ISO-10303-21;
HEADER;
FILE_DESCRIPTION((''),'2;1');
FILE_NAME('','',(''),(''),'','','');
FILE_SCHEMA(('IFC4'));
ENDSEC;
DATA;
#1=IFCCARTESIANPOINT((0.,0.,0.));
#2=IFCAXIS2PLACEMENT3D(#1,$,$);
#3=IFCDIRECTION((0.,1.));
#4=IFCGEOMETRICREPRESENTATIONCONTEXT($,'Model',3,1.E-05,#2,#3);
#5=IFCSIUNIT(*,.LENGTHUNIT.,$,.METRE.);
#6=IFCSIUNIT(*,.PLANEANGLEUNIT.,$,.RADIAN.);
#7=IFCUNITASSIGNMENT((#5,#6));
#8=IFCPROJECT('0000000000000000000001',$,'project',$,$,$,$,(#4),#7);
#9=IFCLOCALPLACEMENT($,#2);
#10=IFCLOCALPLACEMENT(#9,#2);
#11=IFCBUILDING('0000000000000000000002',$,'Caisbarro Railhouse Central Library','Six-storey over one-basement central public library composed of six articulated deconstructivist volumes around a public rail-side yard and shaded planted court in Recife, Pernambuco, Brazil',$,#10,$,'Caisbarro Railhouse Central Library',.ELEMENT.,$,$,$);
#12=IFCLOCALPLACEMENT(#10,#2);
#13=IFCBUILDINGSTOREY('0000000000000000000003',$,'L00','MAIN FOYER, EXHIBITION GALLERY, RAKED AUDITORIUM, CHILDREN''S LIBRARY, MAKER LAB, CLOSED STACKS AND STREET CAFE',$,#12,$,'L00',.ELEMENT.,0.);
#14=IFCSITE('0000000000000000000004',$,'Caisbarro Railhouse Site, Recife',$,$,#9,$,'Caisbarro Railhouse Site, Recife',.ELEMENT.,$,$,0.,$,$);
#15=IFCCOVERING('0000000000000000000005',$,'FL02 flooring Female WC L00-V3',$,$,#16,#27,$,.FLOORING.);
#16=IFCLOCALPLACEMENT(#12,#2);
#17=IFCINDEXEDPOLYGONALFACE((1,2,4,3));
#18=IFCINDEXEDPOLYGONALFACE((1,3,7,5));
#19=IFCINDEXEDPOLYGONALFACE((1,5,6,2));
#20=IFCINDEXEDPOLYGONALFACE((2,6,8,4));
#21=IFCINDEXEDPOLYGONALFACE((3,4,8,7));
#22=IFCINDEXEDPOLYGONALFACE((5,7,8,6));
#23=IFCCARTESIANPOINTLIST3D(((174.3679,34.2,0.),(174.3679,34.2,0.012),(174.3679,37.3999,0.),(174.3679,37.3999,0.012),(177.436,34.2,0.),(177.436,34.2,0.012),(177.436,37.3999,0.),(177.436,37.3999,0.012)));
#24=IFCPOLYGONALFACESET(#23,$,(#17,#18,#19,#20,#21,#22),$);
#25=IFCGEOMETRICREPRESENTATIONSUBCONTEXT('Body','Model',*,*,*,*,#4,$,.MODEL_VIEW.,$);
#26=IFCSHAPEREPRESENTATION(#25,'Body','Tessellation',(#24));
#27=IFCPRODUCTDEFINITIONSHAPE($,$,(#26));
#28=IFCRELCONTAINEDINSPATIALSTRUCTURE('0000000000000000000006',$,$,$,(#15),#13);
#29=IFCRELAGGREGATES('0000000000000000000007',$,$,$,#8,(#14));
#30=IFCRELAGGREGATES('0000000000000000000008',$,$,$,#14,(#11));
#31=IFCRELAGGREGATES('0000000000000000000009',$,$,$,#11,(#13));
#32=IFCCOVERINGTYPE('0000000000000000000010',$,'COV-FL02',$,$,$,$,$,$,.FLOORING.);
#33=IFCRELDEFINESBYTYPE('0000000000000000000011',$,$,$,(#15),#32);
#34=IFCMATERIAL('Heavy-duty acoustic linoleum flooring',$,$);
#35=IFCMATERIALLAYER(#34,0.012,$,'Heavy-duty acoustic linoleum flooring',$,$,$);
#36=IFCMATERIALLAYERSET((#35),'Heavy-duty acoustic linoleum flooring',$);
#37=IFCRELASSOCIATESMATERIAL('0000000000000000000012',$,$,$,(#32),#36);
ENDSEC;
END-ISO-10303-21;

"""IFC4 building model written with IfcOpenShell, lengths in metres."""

from ifc_helpers import new_model, si_unit, direction, origin, place, context, subcontext, project, spatial, polyline, outline, extrude, material, layer, layer_set, type_object, element, save


model = new_model("IFC4")

# Units and contexts
model_context = context("Model", 3, precision=1e-05, world=origin(), true_north=direction((0.0, 1.0)))
body_context = subcontext(model_context, "Body", "Model", "MODEL_VIEW")
ifc_project = project(units=[si_unit("LENGTHUNIT", "METRE"), si_unit("PLANEANGLEUNIT", "RADIAN")], contexts=[model_context])

# Site, building, storey
site_placement = place(None, origin())
site = spatial("IfcSite", under=ifc_project, at=site_placement, Name="Caisbarro Railhouse Site, Recife", LongName="Caisbarro Railhouse Site, Recife", CompositionType="ELEMENT", RefElevation=0.0)
building_placement = place(site_placement, origin())
building = spatial("IfcBuilding", under=site, at=building_placement, Name="Caisbarro Railhouse Central Library", Description="Six-storey over one-basement central public library composed of six articulated deconstructivist volumes around a public rail-side yard and shaded planted court in Recife, Pernambuco, Brazil", LongName="Caisbarro Railhouse Central Library", CompositionType="ELEMENT")
storey_placement = place(building_placement, origin())
storey = spatial("IfcBuildingStorey", under=building, at=storey_placement, Name="L00", Description="MAIN FOYER, EXHIBITION GALLERY, RAKED AUDITORIUM, CHILDREN'S LIBRARY, MAKER LAB, CLOSED STACKS AND STREET CAFE", LongName="L00", CompositionType="ELEMENT", Elevation=0.0)

# Covering
ifc_material_1 = material(Name="Heavy-duty acoustic linoleum flooring")
ifc_layer_1 = layer(ifc_material_1, 0.012, Name="Heavy-duty acoustic linoleum flooring")
ifc_layer_set_1 = layer_set([ifc_layer_1], Name="Heavy-duty acoustic linoleum flooring")
covering_type_1 = type_object("IfcCoveringType", Name="COV-FL02", PredefinedType="FLOORING", material=ifc_layer_set_1)
covering_1_placement = place(storey_placement, origin())
element("IfcCovering", 1, at=covering_1_placement, inside=storey, type_object=covering_type_1, Name="FL02 flooring Female WC L00-V3", PredefinedType="FLOORING", context=body_context, shape_type="SweptSolid", body=[
    extrude(outline(polyline([(174.3679, 34.2), (177.436, 34.2), (177.436, 37.3999), (174.3679, 37.3999), (174.3679, 34.2)])), origin(), (0.0, 0.0, 1.0), 0.012),
])

save(model, "model.ifc")
